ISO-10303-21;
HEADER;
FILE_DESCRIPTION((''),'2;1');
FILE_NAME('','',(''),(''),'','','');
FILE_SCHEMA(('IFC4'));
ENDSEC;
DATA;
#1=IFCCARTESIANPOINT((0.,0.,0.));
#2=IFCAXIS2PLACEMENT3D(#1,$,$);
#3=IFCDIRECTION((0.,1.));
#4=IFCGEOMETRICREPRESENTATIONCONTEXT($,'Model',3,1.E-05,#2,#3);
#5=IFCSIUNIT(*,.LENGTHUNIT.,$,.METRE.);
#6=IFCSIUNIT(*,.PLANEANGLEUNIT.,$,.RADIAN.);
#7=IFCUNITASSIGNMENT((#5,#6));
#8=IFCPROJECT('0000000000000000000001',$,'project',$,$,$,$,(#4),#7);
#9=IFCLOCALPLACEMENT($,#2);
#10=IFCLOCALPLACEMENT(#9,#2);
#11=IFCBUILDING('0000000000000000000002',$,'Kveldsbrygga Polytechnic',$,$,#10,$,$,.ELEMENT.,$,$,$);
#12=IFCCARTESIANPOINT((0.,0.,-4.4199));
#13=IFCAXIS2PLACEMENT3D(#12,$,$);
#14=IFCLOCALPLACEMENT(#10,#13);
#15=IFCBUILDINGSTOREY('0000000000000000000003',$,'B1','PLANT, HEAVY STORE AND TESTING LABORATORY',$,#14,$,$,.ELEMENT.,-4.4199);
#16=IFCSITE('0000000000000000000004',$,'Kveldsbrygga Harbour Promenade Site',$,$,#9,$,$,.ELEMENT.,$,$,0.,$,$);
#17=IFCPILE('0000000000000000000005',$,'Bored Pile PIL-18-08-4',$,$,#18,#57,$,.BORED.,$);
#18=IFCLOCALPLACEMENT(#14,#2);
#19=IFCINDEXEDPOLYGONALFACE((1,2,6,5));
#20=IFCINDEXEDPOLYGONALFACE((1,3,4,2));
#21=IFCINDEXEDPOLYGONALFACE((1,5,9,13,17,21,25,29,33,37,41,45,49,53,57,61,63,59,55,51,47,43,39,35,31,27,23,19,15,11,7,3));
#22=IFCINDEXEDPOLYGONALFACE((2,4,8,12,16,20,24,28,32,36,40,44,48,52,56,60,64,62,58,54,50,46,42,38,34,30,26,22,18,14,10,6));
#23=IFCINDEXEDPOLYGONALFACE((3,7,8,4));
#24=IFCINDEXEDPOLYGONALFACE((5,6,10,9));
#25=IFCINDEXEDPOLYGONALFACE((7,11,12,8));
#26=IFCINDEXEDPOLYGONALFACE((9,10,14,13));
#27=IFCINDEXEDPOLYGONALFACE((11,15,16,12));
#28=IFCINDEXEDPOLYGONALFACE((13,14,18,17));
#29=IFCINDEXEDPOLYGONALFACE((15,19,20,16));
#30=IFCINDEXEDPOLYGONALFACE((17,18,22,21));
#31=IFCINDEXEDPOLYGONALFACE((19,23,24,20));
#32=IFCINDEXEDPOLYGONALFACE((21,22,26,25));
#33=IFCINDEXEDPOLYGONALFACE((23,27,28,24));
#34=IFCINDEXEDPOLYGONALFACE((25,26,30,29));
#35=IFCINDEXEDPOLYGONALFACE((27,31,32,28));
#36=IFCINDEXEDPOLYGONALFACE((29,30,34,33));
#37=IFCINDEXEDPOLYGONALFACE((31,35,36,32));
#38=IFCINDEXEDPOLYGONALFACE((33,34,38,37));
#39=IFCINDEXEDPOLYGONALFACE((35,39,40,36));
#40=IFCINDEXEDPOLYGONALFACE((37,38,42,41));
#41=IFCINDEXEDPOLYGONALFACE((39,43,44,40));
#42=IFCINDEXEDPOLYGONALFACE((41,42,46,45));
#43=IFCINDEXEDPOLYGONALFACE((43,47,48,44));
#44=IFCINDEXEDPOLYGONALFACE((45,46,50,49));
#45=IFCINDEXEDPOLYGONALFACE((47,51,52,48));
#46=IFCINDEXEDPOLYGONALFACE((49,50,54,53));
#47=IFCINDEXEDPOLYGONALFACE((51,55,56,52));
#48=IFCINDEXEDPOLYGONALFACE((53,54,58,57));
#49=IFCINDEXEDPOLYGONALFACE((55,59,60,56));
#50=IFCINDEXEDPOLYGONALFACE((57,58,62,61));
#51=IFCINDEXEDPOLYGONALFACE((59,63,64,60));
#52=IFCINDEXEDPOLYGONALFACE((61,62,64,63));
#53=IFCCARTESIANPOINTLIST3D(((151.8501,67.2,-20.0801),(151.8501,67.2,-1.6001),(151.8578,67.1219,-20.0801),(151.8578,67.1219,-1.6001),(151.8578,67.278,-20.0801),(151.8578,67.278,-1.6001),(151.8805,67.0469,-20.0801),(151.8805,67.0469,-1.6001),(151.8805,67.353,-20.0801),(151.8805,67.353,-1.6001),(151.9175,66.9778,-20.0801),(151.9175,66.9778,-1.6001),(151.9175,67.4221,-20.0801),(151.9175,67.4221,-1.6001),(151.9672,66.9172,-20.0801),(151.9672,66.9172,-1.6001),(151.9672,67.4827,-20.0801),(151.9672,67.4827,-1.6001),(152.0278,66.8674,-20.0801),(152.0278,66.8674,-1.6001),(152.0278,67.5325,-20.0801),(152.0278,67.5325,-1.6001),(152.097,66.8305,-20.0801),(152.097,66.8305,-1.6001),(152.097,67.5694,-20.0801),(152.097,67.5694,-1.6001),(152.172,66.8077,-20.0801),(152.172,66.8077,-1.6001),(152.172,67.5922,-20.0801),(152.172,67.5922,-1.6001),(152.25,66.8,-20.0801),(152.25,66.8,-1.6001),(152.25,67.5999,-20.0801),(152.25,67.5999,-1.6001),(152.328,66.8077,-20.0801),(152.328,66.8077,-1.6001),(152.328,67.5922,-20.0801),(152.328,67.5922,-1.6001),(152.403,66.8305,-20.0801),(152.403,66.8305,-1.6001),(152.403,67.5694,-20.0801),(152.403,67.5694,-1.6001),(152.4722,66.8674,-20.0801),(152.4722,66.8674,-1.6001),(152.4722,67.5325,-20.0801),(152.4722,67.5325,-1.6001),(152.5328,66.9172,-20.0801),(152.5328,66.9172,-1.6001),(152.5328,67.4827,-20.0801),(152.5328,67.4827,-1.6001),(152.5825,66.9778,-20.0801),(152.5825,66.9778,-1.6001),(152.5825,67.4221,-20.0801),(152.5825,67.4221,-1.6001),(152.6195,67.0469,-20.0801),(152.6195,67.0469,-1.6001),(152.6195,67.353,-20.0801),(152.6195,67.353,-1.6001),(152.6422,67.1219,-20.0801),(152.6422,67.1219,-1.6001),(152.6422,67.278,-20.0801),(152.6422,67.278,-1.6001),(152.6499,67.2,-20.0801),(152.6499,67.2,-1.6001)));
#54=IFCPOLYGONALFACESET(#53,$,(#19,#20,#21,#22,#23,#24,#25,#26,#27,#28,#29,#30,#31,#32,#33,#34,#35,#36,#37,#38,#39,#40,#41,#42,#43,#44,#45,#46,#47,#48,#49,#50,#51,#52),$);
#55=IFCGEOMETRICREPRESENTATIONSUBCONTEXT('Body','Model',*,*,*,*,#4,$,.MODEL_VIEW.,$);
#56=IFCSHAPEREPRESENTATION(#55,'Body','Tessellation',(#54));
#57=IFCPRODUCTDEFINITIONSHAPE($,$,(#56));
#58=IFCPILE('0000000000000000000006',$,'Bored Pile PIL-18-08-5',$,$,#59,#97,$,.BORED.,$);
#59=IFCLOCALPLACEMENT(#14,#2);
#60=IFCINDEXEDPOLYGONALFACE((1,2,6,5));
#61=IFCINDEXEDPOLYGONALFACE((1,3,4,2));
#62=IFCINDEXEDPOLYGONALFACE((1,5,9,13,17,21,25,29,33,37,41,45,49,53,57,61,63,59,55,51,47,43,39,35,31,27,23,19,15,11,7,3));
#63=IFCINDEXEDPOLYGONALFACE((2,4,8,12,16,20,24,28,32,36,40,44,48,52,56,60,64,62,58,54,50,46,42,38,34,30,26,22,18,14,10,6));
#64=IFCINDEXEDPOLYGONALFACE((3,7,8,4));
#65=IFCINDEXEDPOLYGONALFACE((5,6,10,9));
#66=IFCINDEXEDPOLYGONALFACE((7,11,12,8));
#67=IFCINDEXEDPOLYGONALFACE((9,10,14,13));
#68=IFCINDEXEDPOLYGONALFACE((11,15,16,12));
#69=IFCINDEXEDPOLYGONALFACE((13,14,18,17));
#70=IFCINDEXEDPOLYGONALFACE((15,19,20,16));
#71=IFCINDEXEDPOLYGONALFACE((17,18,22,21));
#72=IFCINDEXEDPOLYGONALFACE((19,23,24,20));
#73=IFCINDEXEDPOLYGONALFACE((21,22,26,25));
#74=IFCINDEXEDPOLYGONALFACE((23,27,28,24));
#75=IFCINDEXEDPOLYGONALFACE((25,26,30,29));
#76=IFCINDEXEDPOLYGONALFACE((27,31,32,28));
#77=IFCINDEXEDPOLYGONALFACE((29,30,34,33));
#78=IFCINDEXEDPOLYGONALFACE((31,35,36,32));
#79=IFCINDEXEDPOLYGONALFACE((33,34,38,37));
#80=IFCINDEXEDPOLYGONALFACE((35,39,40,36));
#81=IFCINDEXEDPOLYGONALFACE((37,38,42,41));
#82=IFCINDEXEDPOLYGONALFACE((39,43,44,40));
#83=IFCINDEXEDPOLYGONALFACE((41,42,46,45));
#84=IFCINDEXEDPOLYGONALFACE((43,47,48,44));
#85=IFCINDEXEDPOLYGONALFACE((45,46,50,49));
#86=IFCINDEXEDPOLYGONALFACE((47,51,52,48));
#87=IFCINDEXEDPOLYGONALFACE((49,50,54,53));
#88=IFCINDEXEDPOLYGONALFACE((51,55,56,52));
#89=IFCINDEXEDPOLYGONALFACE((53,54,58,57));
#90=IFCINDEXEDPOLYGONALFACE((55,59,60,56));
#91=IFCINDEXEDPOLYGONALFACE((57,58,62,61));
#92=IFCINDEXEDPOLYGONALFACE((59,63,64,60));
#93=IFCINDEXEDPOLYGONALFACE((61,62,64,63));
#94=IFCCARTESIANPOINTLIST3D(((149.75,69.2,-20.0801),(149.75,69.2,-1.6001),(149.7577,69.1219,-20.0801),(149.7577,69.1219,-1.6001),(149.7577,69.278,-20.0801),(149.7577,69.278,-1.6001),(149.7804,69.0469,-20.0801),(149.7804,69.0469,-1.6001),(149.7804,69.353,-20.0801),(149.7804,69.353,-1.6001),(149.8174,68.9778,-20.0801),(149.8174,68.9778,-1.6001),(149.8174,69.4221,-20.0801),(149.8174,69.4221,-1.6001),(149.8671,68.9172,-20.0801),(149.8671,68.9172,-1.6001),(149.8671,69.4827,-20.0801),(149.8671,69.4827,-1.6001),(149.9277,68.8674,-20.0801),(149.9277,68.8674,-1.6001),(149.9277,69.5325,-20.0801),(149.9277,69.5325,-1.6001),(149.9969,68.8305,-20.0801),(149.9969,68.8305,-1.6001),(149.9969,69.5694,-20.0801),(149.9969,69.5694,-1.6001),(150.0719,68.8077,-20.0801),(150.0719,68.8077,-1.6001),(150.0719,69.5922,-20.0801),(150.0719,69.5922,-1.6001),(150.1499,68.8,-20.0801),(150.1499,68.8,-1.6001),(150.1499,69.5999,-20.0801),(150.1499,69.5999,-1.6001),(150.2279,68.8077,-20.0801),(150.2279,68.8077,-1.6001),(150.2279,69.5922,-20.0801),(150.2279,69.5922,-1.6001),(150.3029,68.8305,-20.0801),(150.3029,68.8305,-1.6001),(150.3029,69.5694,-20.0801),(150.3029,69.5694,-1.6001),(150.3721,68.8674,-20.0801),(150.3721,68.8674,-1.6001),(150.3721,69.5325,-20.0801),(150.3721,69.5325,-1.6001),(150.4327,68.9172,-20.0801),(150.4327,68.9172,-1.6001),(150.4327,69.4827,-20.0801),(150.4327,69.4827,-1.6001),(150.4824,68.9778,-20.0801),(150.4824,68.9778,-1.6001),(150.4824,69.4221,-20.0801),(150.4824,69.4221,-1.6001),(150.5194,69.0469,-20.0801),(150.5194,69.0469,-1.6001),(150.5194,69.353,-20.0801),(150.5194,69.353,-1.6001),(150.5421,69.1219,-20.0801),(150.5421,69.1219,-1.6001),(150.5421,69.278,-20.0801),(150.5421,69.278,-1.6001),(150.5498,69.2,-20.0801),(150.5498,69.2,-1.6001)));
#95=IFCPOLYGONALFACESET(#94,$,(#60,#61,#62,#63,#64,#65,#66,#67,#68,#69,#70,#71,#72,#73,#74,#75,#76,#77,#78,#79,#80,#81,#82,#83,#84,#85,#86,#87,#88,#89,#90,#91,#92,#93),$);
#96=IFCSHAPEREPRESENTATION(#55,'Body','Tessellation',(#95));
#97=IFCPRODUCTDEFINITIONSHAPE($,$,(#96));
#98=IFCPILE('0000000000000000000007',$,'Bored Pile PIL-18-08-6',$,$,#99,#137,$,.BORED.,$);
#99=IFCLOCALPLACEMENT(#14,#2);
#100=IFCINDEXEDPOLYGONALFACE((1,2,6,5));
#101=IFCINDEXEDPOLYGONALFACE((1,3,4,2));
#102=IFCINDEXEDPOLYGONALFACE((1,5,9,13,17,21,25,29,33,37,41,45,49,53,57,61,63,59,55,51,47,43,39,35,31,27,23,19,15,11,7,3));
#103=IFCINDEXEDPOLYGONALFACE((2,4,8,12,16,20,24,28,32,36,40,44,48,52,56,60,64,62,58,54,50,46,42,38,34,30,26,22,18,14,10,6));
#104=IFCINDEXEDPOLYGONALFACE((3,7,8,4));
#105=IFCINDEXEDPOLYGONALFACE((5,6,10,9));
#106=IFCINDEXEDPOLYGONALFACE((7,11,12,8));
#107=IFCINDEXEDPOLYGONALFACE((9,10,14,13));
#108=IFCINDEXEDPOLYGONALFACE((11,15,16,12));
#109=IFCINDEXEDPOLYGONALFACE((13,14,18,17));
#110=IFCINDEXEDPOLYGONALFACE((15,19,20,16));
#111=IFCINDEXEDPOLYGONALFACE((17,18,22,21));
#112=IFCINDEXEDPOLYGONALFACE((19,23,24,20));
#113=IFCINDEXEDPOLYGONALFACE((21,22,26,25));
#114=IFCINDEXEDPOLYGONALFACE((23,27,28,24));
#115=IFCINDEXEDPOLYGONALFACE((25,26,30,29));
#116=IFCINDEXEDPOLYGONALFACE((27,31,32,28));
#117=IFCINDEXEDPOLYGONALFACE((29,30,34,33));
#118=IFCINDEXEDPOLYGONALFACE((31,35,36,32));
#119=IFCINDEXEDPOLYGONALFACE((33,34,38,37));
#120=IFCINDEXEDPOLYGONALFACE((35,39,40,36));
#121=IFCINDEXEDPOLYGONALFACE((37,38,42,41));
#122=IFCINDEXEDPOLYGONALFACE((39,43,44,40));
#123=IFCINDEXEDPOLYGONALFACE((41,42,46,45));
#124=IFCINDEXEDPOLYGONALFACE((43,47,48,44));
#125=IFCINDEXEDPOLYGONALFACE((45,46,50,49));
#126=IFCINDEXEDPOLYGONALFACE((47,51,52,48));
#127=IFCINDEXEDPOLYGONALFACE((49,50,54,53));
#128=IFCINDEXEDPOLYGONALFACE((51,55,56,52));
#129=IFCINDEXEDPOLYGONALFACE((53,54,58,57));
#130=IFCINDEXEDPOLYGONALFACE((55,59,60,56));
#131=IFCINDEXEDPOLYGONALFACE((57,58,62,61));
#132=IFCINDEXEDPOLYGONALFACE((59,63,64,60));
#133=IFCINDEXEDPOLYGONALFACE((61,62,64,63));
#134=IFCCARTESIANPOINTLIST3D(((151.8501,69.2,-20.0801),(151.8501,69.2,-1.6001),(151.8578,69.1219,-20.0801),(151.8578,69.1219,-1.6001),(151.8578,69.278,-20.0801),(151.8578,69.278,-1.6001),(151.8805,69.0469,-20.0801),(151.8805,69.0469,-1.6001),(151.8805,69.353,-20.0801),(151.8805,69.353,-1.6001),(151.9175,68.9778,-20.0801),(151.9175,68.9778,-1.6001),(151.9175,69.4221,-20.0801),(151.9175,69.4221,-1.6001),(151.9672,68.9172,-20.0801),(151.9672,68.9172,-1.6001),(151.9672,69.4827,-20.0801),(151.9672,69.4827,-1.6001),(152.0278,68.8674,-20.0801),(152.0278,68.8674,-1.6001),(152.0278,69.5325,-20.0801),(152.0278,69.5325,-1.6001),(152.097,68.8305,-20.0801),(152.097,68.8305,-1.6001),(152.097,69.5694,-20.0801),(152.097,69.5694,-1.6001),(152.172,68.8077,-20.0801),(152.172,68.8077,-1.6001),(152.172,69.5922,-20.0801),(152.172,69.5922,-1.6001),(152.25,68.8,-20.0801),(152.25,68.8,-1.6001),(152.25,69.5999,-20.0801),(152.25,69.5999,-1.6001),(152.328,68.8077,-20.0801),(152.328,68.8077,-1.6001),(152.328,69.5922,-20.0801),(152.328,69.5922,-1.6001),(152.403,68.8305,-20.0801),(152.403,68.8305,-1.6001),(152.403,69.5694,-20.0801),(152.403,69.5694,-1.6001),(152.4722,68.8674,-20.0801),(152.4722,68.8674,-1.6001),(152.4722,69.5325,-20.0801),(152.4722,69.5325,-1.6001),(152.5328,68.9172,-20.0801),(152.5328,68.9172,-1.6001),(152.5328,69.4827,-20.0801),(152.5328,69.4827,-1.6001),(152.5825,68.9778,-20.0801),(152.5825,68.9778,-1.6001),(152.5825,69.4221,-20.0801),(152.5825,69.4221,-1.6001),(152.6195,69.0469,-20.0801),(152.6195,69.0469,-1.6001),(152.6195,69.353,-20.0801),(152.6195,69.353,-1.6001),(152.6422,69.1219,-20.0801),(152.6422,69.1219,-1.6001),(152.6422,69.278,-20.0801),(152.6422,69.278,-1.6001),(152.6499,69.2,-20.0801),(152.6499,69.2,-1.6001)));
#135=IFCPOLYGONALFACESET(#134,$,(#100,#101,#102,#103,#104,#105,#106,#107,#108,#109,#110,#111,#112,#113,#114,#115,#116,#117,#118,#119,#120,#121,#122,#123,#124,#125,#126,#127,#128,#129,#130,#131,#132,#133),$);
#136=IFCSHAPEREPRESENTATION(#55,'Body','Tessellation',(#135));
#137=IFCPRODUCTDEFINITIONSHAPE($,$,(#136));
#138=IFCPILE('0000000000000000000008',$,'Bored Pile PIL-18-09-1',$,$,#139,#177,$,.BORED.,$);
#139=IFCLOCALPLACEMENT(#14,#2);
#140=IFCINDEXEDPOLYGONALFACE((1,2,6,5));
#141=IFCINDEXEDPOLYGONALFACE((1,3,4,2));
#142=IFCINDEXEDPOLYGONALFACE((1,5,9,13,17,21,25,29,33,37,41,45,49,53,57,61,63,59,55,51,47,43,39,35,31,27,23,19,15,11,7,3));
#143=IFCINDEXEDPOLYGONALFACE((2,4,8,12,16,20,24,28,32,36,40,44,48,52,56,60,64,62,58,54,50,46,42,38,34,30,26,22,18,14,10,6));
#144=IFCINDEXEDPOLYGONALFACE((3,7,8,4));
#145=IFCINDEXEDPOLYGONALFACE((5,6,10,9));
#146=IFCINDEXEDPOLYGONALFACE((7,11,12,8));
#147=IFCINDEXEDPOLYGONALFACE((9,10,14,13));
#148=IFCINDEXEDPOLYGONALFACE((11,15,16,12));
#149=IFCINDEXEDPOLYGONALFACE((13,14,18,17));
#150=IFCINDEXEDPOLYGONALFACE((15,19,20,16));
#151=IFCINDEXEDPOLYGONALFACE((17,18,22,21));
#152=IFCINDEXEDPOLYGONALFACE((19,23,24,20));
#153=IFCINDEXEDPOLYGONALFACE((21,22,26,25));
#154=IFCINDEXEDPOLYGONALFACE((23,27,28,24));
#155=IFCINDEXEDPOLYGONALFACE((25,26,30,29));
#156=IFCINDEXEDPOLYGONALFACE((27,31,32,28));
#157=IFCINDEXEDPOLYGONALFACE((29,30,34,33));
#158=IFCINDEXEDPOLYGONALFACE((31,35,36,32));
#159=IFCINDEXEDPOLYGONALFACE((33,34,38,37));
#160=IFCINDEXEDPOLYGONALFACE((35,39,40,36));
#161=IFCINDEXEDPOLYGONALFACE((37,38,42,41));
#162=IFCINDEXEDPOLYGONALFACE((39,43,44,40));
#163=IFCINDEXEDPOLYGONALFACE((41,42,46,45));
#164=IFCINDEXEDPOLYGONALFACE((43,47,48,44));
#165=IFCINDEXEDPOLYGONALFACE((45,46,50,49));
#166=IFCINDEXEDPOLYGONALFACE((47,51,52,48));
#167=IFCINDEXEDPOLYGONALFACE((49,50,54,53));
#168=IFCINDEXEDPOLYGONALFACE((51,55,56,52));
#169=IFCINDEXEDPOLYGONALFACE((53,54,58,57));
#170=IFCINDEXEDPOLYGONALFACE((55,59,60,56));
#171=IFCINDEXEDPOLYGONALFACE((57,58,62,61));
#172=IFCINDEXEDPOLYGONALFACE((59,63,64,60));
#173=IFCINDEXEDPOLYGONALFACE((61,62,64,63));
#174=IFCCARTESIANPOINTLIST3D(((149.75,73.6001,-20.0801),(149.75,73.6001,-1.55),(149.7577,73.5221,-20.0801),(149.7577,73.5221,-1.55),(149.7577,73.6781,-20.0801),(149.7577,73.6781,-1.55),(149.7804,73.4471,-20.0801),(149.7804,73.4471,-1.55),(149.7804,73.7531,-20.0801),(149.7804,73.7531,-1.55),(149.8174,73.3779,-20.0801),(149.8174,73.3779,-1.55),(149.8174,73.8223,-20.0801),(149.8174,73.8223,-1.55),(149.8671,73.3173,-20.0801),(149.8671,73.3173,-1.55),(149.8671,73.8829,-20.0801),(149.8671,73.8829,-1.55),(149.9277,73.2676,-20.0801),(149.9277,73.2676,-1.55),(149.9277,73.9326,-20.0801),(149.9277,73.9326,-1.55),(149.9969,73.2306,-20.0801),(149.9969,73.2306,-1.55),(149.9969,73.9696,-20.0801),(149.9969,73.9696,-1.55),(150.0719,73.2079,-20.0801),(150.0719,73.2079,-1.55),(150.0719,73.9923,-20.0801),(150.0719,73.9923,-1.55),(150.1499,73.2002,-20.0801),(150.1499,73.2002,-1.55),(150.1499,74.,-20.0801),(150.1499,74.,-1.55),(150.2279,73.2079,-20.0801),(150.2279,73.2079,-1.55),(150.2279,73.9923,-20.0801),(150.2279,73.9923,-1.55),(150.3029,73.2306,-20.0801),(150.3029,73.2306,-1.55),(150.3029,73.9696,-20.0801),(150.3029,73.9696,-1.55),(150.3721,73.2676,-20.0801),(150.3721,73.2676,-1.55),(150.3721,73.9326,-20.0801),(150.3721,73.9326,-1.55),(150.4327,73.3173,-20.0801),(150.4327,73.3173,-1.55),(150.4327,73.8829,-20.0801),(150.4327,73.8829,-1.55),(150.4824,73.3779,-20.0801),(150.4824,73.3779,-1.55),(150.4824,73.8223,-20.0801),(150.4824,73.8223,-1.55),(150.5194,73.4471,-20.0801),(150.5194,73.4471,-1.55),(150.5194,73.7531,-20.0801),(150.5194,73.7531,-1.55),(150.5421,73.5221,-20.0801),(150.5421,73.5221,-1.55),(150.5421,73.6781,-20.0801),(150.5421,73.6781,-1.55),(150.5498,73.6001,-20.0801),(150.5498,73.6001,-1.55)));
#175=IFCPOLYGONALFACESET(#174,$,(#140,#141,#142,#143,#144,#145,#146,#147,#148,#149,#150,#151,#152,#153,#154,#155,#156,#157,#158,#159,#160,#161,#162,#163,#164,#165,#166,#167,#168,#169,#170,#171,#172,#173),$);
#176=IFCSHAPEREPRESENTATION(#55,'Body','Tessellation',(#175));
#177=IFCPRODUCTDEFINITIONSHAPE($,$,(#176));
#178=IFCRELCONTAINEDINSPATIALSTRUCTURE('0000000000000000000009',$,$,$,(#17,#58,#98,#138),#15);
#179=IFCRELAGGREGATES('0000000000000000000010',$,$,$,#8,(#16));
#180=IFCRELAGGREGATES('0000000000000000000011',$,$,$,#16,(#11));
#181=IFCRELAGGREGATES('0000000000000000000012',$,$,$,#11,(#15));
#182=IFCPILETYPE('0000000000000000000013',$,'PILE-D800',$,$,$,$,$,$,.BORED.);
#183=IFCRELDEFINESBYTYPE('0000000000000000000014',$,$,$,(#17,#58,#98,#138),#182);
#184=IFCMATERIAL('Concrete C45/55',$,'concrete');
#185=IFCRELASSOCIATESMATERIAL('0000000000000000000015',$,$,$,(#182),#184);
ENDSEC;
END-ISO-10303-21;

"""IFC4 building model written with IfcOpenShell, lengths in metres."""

from ifc_helpers import new_model, si_unit, direction, frame, origin, origin_2d, place, context, subcontext, project, spatial, circle, extrude, material, material_profile, profile_set, type_object, element, save


model = new_model("IFC4")

# Units and contexts
model_context = context("Model", 3, precision=1e-05, world=origin(), true_north=direction((0.0, 1.0)))
body_context = subcontext(model_context, "Body", "Model", "MODEL_VIEW")
ifc_project = project(units=[si_unit("LENGTHUNIT", "METRE"), si_unit("PLANEANGLEUNIT", "RADIAN")], contexts=[model_context])

# Site, building, storey
site_placement = place(None, origin())
site = spatial("IfcSite", under=ifc_project, at=site_placement, Name="Kveldsbrygga Harbour Promenade Site", CompositionType="ELEMENT", RefElevation=0.0)
building_placement = place(site_placement, origin())
building = spatial("IfcBuilding", under=site, at=building_placement, Name="Kveldsbrygga Polytechnic", CompositionType="ELEMENT")
storey_placement = place(building_placement, frame((0.0, 0.0, -4.4199)))
storey = spatial("IfcBuildingStorey", under=building, at=storey_placement, Name="B1", Description="PLANT, HEAVY STORE AND TESTING LABORATORY", CompositionType="ELEMENT", Elevation=-4.4199)

# Shared definitions
ifc_material_1 = material(Name="Concrete C45/55", Category="concrete")

# Piles
ifc_material_profile_1 = material_profile(ifc_material_1, circle(Radius=0.3999, at=origin_2d()), Name="PILE D800")
ifc_profile_set_1 = profile_set([ifc_material_profile_1], Name="Concrete C45/55")
pile_type = type_object("IfcPileType", Name="PILE-D800", PredefinedType="BORED", material=ifc_profile_set_1)
for number, where, z_axis, x_axis, name in (
    (1, (152.25, 67.2, -1.6001), (0.0, 0.0, -1.0), (1.0, 0.0, 0.0), "Bored Pile PIL-18-08-4"),
    (2, (150.1499, 69.2, -1.6001), (0.0, 0.0, -1.0), (1.0, 0.0, 0.0), "Bored Pile PIL-18-08-5"),
    (3, (152.25, 69.2, -1.6001), (0.0, 0.0, -1.0), (1.0, 0.0, 0.0), "Bored Pile PIL-18-08-6"),
):
    element("IfcPile", number, at=place(storey_placement, frame(where, z_axis=z_axis, x_axis=x_axis)), inside=storey, type_object=pile_type, Name=name, PredefinedType="BORED", context=body_context, shape_type="SweptSolid", body=[
        extrude(circle(Radius=0.3999, at=origin_2d()), origin(), (0.0, 0.0, 1.0), 18.48),
    ])
for number, where, z_axis, x_axis, name in (
    (4, (150.1499, 73.6001, -1.55), (0.0, 0.0, -1.0), (1.0, 0.0, 0.0), "Bored Pile PIL-18-09-1"),
):
    element("IfcPile", number, at=place(storey_placement, frame(where, z_axis=z_axis, x_axis=x_axis)), inside=storey, type_object=pile_type, Name=name, PredefinedType="BORED", context=body_context, shape_type="SweptSolid", body=[
        extrude(circle(Radius=0.3999, at=origin_2d()), origin(), (0.0, 0.0, 1.0), 18.53),
    ])

save(model, "model.ifc")
